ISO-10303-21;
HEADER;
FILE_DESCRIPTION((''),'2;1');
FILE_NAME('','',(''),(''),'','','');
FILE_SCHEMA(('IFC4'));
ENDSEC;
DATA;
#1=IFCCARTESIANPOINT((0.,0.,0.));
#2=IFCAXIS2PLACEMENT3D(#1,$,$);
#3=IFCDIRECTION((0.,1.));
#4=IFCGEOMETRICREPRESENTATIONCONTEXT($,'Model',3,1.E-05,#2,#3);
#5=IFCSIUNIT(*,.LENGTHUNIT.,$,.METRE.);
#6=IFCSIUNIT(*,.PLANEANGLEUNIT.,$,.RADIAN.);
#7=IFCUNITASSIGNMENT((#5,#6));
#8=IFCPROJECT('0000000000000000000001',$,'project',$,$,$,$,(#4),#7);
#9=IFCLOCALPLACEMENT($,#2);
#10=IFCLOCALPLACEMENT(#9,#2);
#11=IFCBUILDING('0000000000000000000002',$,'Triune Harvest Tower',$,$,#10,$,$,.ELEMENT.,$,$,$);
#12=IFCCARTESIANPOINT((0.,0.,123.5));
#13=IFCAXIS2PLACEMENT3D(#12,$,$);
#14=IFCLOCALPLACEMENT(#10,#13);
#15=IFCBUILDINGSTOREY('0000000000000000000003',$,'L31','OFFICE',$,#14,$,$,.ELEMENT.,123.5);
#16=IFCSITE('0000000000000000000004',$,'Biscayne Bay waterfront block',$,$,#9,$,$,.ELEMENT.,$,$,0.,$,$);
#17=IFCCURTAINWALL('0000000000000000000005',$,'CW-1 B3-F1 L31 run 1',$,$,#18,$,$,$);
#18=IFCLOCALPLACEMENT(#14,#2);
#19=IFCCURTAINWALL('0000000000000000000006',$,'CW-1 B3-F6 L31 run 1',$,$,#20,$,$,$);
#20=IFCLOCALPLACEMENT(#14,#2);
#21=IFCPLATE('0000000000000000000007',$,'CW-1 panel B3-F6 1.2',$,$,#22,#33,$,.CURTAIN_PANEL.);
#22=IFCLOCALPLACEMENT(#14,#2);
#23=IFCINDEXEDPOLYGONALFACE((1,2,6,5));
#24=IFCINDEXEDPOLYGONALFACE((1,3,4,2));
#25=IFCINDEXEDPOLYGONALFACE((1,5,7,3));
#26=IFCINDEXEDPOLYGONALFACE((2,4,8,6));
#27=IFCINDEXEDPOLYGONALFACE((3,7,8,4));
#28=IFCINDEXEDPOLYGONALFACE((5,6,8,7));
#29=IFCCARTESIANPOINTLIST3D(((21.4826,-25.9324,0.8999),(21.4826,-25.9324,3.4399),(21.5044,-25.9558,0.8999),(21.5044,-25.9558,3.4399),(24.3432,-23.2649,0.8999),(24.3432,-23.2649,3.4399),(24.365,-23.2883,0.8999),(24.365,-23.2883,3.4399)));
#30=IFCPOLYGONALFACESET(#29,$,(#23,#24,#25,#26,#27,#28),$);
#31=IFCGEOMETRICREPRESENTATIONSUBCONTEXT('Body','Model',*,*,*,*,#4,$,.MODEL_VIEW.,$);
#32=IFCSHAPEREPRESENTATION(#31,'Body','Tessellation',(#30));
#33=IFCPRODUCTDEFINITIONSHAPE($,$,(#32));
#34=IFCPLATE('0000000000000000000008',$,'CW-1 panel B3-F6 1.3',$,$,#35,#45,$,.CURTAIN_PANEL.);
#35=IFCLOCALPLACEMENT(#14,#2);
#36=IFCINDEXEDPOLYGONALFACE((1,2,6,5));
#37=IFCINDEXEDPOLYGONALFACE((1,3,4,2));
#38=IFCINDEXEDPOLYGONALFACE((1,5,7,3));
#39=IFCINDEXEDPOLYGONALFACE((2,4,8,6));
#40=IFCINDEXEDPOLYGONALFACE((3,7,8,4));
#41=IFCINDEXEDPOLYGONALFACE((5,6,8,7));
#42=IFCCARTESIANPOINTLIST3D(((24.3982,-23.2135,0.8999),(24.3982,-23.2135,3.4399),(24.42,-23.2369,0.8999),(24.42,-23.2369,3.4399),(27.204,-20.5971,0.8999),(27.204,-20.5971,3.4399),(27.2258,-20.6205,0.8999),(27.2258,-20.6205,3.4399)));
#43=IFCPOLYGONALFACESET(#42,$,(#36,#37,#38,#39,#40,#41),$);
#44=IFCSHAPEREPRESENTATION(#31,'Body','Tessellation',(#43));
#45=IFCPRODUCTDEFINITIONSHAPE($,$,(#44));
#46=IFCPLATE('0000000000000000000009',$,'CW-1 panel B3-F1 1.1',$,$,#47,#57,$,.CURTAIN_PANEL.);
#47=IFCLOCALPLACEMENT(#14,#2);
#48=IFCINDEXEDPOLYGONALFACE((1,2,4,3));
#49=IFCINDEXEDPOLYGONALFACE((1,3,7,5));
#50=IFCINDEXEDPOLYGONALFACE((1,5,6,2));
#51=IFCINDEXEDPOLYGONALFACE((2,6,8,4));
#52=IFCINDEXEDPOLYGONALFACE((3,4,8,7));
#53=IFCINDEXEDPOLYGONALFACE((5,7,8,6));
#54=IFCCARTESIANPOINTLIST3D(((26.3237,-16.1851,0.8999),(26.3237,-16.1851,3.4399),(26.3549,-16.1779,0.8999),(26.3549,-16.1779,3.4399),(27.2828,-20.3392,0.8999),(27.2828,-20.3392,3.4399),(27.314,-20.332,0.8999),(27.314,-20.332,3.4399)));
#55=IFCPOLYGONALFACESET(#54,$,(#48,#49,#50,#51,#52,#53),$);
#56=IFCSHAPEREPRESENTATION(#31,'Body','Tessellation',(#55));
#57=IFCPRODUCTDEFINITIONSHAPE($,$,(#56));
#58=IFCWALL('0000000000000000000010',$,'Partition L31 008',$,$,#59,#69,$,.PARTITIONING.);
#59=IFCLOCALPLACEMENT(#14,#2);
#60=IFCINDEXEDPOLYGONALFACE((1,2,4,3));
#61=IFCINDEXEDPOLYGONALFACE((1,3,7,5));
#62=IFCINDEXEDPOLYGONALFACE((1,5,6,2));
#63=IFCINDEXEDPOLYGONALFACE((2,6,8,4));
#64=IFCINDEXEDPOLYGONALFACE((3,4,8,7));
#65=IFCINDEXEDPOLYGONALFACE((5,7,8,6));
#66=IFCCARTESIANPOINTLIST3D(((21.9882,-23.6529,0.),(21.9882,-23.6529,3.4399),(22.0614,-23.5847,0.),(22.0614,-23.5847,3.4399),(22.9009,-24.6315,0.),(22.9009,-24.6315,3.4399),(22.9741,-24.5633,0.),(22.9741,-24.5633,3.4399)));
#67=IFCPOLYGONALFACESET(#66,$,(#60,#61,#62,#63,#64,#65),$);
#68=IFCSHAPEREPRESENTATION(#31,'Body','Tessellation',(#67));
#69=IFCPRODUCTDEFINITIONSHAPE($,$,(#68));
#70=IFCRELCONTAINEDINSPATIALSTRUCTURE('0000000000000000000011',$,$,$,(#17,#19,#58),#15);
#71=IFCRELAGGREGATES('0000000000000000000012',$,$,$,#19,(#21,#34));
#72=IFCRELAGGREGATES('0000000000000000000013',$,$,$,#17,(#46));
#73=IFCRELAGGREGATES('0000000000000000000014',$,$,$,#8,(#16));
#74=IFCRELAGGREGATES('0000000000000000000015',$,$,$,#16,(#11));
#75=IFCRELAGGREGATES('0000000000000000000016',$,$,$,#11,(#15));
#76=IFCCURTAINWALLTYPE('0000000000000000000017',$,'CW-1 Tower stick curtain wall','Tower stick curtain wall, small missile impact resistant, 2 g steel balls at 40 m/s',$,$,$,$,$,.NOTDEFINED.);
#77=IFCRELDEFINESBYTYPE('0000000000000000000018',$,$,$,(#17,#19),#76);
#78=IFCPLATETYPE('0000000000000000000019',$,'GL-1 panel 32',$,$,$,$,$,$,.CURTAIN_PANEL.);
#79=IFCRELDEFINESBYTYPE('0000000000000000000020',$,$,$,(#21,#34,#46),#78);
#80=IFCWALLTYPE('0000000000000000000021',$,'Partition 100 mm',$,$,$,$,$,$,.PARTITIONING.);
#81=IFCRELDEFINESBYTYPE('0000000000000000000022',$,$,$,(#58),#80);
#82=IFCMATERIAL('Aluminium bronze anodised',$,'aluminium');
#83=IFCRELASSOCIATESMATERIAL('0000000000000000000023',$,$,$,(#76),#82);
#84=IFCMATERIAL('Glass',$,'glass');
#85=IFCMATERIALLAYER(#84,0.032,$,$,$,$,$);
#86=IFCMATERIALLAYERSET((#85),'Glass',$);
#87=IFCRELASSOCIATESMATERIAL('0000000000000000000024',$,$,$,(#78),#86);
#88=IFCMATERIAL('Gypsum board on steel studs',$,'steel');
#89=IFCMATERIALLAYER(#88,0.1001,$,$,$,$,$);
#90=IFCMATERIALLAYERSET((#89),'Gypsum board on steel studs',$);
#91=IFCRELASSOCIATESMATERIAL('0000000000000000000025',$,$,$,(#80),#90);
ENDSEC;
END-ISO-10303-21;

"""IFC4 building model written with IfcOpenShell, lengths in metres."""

from ifc_helpers import new_model, si_unit, direction, frame, frame_2d, origin, origin_2d, place, context, subcontext, project, spatial, rectangle, extrude, source, transform, mapped, material, layer, layer_set, type_object, element, aggregate, save


model = new_model("IFC4")

# Units and contexts
model_context = context("Model", 3, precision=1e-05, world=origin(), true_north=direction((0.0, 1.0)))
body_context = subcontext(model_context, "Body", "Model", "MODEL_VIEW")
ifc_project = project(units=[si_unit("LENGTHUNIT", "METRE"), si_unit("PLANEANGLEUNIT", "RADIAN")], contexts=[model_context])

# Site, building, storey
site_placement = place(None, origin())
site = spatial("IfcSite", under=ifc_project, at=site_placement, Name="Biscayne Bay waterfront block", CompositionType="ELEMENT", RefElevation=0.0)
building_placement = place(site_placement, origin())
building = spatial("IfcBuilding", under=site, at=building_placement, Name="Triune Harvest Tower", CompositionType="ELEMENT")
storey_placement = place(building_placement, frame((0.0, 0.0, 123.5)))
storey = spatial("IfcBuildingStorey", under=building, at=storey_placement, Name="L31", Description="OFFICE", CompositionType="ELEMENT", Elevation=123.5)

# Curtain wall
ifc_material_1 = material(Name="Aluminium bronze anodised", Category="aluminium")
curtain_wall_type = type_object("IfcCurtainWallType", Name="CW-1 Tower stick curtain wall", Description="Tower stick curtain wall, small missile impact resistant, 2 g steel balls at 40 m/s", PredefinedType="NOTDEFINED", material=ifc_material_1)
curtain_wall_1_placement = place(storey_placement, origin())
curtain_wall_1 = element("IfcCurtainWall", 1, at=curtain_wall_1_placement, inside=storey, type_object=curtain_wall_type, Name="CW-1 B3-F1 L31 run 1")

# Curtain wall
curtain_wall_2_placement = place(storey_placement, origin())
curtain_wall_2 = element("IfcCurtainWall", 2, at=curtain_wall_2_placement, inside=storey, type_object=curtain_wall_type, Name="CW-1 B3-F6 L31 run 1")

# Plates
ifc_material_2 = material(Name="Glass", Category="glass")
ifc_layer_1 = layer(ifc_material_2, 0.032)
ifc_layer_set_1 = layer_set([ifc_layer_1], Name="Glass")
plate_type = type_object("IfcPlateType", Name="GL-1 panel 32", PredefinedType="CURTAIN_PANEL", material=ifc_layer_set_1)
shared_shape_1 = source(origin(), body_context, "Body", "SweptSolid", [
    extrude(rectangle(XDim=3.9114, YDim=0.032, at=origin_2d()), origin(), (0.0, 0.0, 1.0), 2.54),
])
plate_1_placement = place(storey_placement, frame((22.9238, -24.6104, 0.8999), z_axis=(0.0, 0.0, 1.0), x_axis=(0.73135, 0.682002, 0.0)))
plate_1 = element("IfcPlate", 3, at=plate_1_placement, type_object=plate_type, Name="CW-1 panel B3-F6 1.2", PredefinedType="CURTAIN_PANEL", context=body_context, shape_type="MappedRepresentation", body=[
    mapped(shared_shape_1, transform((0.0, 0.0, 0.0), scale=1.0)),
])
shared_shape_2 = source(origin(), body_context, "Body", "SweptSolid", [
    extrude(rectangle(XDim=3.8364, YDim=0.032, at=origin_2d()), origin(), (0.0, 0.0, 1.0), 2.54),
])
plate_2_placement = place(storey_placement, frame((25.812, -21.917, 0.8999), z_axis=(0.0, 0.0, 1.0), x_axis=(0.73135, 0.682002, 0.0)))
plate_2 = element("IfcPlate", 4, at=plate_2_placement, type_object=plate_type, Name="CW-1 panel B3-F6 1.3", PredefinedType="CURTAIN_PANEL", context=body_context, shape_type="MappedRepresentation", body=[
    mapped(shared_shape_2, transform((0.0, 0.0, 0.0), scale=1.0)),
])
aggregate(curtain_wall_2, [plate_1, plate_2])
shared_shape_3 = source(origin(), body_context, "Body", "SweptSolid", [
    extrude(rectangle(XDim=4.2634, YDim=0.032, at=origin_2d()), origin(), (0.0, 0.0, 1.0), 2.54),
])
plate_3_placement = place(storey_placement, frame((26.8188, -18.2585, 0.8999), z_axis=(0.0, 0.0, 1.0), x_axis=(-0.224954, 0.974369, 0.0)))
plate_3 = element("IfcPlate", 5, at=plate_3_placement, type_object=plate_type, Name="CW-1 panel B3-F1 1.1", PredefinedType="CURTAIN_PANEL", context=body_context, shape_type="MappedRepresentation", body=[
    mapped(shared_shape_3, transform((0.0, 0.0, 0.0), scale=1.0)),
])
aggregate(curtain_wall_1, [plate_3])

# Wall
ifc_material_3 = material(Name="Gypsum board on steel studs", Category="steel")
ifc_layer_2 = layer(ifc_material_3, 0.1001)
ifc_layer_set_2 = layer_set([ifc_layer_2], Name="Gypsum board on steel studs")
wall_type = type_object("IfcWallType", Name="Partition 100 mm", PredefinedType="PARTITIONING", material=ifc_layer_set_2)
shared_shape_4 = source(origin(), body_context, "Body", "SweptSolid", [
    extrude(rectangle(XDim=1.3381, YDim=0.1001, at=frame_2d((0.6689, 0.0))), origin(), (0.0, 0.0, 1.0), 3.4399),
])
wall_placement = place(storey_placement, frame((22.0249, -23.6189, 0.0), z_axis=(0.0, 0.0, 1.0), x_axis=(0.682045, -0.73131, 0.0)))
element("IfcWall", 6, at=wall_placement, inside=storey, type_object=wall_type, Name="Partition L31 008", PredefinedType="PARTITIONING", context=body_context, shape_type="MappedRepresentation", body=[
    mapped(shared_shape_4, transform((0.0, 0.0, 0.0), scale=1.0)),
])

save(model, "model.ifc")
